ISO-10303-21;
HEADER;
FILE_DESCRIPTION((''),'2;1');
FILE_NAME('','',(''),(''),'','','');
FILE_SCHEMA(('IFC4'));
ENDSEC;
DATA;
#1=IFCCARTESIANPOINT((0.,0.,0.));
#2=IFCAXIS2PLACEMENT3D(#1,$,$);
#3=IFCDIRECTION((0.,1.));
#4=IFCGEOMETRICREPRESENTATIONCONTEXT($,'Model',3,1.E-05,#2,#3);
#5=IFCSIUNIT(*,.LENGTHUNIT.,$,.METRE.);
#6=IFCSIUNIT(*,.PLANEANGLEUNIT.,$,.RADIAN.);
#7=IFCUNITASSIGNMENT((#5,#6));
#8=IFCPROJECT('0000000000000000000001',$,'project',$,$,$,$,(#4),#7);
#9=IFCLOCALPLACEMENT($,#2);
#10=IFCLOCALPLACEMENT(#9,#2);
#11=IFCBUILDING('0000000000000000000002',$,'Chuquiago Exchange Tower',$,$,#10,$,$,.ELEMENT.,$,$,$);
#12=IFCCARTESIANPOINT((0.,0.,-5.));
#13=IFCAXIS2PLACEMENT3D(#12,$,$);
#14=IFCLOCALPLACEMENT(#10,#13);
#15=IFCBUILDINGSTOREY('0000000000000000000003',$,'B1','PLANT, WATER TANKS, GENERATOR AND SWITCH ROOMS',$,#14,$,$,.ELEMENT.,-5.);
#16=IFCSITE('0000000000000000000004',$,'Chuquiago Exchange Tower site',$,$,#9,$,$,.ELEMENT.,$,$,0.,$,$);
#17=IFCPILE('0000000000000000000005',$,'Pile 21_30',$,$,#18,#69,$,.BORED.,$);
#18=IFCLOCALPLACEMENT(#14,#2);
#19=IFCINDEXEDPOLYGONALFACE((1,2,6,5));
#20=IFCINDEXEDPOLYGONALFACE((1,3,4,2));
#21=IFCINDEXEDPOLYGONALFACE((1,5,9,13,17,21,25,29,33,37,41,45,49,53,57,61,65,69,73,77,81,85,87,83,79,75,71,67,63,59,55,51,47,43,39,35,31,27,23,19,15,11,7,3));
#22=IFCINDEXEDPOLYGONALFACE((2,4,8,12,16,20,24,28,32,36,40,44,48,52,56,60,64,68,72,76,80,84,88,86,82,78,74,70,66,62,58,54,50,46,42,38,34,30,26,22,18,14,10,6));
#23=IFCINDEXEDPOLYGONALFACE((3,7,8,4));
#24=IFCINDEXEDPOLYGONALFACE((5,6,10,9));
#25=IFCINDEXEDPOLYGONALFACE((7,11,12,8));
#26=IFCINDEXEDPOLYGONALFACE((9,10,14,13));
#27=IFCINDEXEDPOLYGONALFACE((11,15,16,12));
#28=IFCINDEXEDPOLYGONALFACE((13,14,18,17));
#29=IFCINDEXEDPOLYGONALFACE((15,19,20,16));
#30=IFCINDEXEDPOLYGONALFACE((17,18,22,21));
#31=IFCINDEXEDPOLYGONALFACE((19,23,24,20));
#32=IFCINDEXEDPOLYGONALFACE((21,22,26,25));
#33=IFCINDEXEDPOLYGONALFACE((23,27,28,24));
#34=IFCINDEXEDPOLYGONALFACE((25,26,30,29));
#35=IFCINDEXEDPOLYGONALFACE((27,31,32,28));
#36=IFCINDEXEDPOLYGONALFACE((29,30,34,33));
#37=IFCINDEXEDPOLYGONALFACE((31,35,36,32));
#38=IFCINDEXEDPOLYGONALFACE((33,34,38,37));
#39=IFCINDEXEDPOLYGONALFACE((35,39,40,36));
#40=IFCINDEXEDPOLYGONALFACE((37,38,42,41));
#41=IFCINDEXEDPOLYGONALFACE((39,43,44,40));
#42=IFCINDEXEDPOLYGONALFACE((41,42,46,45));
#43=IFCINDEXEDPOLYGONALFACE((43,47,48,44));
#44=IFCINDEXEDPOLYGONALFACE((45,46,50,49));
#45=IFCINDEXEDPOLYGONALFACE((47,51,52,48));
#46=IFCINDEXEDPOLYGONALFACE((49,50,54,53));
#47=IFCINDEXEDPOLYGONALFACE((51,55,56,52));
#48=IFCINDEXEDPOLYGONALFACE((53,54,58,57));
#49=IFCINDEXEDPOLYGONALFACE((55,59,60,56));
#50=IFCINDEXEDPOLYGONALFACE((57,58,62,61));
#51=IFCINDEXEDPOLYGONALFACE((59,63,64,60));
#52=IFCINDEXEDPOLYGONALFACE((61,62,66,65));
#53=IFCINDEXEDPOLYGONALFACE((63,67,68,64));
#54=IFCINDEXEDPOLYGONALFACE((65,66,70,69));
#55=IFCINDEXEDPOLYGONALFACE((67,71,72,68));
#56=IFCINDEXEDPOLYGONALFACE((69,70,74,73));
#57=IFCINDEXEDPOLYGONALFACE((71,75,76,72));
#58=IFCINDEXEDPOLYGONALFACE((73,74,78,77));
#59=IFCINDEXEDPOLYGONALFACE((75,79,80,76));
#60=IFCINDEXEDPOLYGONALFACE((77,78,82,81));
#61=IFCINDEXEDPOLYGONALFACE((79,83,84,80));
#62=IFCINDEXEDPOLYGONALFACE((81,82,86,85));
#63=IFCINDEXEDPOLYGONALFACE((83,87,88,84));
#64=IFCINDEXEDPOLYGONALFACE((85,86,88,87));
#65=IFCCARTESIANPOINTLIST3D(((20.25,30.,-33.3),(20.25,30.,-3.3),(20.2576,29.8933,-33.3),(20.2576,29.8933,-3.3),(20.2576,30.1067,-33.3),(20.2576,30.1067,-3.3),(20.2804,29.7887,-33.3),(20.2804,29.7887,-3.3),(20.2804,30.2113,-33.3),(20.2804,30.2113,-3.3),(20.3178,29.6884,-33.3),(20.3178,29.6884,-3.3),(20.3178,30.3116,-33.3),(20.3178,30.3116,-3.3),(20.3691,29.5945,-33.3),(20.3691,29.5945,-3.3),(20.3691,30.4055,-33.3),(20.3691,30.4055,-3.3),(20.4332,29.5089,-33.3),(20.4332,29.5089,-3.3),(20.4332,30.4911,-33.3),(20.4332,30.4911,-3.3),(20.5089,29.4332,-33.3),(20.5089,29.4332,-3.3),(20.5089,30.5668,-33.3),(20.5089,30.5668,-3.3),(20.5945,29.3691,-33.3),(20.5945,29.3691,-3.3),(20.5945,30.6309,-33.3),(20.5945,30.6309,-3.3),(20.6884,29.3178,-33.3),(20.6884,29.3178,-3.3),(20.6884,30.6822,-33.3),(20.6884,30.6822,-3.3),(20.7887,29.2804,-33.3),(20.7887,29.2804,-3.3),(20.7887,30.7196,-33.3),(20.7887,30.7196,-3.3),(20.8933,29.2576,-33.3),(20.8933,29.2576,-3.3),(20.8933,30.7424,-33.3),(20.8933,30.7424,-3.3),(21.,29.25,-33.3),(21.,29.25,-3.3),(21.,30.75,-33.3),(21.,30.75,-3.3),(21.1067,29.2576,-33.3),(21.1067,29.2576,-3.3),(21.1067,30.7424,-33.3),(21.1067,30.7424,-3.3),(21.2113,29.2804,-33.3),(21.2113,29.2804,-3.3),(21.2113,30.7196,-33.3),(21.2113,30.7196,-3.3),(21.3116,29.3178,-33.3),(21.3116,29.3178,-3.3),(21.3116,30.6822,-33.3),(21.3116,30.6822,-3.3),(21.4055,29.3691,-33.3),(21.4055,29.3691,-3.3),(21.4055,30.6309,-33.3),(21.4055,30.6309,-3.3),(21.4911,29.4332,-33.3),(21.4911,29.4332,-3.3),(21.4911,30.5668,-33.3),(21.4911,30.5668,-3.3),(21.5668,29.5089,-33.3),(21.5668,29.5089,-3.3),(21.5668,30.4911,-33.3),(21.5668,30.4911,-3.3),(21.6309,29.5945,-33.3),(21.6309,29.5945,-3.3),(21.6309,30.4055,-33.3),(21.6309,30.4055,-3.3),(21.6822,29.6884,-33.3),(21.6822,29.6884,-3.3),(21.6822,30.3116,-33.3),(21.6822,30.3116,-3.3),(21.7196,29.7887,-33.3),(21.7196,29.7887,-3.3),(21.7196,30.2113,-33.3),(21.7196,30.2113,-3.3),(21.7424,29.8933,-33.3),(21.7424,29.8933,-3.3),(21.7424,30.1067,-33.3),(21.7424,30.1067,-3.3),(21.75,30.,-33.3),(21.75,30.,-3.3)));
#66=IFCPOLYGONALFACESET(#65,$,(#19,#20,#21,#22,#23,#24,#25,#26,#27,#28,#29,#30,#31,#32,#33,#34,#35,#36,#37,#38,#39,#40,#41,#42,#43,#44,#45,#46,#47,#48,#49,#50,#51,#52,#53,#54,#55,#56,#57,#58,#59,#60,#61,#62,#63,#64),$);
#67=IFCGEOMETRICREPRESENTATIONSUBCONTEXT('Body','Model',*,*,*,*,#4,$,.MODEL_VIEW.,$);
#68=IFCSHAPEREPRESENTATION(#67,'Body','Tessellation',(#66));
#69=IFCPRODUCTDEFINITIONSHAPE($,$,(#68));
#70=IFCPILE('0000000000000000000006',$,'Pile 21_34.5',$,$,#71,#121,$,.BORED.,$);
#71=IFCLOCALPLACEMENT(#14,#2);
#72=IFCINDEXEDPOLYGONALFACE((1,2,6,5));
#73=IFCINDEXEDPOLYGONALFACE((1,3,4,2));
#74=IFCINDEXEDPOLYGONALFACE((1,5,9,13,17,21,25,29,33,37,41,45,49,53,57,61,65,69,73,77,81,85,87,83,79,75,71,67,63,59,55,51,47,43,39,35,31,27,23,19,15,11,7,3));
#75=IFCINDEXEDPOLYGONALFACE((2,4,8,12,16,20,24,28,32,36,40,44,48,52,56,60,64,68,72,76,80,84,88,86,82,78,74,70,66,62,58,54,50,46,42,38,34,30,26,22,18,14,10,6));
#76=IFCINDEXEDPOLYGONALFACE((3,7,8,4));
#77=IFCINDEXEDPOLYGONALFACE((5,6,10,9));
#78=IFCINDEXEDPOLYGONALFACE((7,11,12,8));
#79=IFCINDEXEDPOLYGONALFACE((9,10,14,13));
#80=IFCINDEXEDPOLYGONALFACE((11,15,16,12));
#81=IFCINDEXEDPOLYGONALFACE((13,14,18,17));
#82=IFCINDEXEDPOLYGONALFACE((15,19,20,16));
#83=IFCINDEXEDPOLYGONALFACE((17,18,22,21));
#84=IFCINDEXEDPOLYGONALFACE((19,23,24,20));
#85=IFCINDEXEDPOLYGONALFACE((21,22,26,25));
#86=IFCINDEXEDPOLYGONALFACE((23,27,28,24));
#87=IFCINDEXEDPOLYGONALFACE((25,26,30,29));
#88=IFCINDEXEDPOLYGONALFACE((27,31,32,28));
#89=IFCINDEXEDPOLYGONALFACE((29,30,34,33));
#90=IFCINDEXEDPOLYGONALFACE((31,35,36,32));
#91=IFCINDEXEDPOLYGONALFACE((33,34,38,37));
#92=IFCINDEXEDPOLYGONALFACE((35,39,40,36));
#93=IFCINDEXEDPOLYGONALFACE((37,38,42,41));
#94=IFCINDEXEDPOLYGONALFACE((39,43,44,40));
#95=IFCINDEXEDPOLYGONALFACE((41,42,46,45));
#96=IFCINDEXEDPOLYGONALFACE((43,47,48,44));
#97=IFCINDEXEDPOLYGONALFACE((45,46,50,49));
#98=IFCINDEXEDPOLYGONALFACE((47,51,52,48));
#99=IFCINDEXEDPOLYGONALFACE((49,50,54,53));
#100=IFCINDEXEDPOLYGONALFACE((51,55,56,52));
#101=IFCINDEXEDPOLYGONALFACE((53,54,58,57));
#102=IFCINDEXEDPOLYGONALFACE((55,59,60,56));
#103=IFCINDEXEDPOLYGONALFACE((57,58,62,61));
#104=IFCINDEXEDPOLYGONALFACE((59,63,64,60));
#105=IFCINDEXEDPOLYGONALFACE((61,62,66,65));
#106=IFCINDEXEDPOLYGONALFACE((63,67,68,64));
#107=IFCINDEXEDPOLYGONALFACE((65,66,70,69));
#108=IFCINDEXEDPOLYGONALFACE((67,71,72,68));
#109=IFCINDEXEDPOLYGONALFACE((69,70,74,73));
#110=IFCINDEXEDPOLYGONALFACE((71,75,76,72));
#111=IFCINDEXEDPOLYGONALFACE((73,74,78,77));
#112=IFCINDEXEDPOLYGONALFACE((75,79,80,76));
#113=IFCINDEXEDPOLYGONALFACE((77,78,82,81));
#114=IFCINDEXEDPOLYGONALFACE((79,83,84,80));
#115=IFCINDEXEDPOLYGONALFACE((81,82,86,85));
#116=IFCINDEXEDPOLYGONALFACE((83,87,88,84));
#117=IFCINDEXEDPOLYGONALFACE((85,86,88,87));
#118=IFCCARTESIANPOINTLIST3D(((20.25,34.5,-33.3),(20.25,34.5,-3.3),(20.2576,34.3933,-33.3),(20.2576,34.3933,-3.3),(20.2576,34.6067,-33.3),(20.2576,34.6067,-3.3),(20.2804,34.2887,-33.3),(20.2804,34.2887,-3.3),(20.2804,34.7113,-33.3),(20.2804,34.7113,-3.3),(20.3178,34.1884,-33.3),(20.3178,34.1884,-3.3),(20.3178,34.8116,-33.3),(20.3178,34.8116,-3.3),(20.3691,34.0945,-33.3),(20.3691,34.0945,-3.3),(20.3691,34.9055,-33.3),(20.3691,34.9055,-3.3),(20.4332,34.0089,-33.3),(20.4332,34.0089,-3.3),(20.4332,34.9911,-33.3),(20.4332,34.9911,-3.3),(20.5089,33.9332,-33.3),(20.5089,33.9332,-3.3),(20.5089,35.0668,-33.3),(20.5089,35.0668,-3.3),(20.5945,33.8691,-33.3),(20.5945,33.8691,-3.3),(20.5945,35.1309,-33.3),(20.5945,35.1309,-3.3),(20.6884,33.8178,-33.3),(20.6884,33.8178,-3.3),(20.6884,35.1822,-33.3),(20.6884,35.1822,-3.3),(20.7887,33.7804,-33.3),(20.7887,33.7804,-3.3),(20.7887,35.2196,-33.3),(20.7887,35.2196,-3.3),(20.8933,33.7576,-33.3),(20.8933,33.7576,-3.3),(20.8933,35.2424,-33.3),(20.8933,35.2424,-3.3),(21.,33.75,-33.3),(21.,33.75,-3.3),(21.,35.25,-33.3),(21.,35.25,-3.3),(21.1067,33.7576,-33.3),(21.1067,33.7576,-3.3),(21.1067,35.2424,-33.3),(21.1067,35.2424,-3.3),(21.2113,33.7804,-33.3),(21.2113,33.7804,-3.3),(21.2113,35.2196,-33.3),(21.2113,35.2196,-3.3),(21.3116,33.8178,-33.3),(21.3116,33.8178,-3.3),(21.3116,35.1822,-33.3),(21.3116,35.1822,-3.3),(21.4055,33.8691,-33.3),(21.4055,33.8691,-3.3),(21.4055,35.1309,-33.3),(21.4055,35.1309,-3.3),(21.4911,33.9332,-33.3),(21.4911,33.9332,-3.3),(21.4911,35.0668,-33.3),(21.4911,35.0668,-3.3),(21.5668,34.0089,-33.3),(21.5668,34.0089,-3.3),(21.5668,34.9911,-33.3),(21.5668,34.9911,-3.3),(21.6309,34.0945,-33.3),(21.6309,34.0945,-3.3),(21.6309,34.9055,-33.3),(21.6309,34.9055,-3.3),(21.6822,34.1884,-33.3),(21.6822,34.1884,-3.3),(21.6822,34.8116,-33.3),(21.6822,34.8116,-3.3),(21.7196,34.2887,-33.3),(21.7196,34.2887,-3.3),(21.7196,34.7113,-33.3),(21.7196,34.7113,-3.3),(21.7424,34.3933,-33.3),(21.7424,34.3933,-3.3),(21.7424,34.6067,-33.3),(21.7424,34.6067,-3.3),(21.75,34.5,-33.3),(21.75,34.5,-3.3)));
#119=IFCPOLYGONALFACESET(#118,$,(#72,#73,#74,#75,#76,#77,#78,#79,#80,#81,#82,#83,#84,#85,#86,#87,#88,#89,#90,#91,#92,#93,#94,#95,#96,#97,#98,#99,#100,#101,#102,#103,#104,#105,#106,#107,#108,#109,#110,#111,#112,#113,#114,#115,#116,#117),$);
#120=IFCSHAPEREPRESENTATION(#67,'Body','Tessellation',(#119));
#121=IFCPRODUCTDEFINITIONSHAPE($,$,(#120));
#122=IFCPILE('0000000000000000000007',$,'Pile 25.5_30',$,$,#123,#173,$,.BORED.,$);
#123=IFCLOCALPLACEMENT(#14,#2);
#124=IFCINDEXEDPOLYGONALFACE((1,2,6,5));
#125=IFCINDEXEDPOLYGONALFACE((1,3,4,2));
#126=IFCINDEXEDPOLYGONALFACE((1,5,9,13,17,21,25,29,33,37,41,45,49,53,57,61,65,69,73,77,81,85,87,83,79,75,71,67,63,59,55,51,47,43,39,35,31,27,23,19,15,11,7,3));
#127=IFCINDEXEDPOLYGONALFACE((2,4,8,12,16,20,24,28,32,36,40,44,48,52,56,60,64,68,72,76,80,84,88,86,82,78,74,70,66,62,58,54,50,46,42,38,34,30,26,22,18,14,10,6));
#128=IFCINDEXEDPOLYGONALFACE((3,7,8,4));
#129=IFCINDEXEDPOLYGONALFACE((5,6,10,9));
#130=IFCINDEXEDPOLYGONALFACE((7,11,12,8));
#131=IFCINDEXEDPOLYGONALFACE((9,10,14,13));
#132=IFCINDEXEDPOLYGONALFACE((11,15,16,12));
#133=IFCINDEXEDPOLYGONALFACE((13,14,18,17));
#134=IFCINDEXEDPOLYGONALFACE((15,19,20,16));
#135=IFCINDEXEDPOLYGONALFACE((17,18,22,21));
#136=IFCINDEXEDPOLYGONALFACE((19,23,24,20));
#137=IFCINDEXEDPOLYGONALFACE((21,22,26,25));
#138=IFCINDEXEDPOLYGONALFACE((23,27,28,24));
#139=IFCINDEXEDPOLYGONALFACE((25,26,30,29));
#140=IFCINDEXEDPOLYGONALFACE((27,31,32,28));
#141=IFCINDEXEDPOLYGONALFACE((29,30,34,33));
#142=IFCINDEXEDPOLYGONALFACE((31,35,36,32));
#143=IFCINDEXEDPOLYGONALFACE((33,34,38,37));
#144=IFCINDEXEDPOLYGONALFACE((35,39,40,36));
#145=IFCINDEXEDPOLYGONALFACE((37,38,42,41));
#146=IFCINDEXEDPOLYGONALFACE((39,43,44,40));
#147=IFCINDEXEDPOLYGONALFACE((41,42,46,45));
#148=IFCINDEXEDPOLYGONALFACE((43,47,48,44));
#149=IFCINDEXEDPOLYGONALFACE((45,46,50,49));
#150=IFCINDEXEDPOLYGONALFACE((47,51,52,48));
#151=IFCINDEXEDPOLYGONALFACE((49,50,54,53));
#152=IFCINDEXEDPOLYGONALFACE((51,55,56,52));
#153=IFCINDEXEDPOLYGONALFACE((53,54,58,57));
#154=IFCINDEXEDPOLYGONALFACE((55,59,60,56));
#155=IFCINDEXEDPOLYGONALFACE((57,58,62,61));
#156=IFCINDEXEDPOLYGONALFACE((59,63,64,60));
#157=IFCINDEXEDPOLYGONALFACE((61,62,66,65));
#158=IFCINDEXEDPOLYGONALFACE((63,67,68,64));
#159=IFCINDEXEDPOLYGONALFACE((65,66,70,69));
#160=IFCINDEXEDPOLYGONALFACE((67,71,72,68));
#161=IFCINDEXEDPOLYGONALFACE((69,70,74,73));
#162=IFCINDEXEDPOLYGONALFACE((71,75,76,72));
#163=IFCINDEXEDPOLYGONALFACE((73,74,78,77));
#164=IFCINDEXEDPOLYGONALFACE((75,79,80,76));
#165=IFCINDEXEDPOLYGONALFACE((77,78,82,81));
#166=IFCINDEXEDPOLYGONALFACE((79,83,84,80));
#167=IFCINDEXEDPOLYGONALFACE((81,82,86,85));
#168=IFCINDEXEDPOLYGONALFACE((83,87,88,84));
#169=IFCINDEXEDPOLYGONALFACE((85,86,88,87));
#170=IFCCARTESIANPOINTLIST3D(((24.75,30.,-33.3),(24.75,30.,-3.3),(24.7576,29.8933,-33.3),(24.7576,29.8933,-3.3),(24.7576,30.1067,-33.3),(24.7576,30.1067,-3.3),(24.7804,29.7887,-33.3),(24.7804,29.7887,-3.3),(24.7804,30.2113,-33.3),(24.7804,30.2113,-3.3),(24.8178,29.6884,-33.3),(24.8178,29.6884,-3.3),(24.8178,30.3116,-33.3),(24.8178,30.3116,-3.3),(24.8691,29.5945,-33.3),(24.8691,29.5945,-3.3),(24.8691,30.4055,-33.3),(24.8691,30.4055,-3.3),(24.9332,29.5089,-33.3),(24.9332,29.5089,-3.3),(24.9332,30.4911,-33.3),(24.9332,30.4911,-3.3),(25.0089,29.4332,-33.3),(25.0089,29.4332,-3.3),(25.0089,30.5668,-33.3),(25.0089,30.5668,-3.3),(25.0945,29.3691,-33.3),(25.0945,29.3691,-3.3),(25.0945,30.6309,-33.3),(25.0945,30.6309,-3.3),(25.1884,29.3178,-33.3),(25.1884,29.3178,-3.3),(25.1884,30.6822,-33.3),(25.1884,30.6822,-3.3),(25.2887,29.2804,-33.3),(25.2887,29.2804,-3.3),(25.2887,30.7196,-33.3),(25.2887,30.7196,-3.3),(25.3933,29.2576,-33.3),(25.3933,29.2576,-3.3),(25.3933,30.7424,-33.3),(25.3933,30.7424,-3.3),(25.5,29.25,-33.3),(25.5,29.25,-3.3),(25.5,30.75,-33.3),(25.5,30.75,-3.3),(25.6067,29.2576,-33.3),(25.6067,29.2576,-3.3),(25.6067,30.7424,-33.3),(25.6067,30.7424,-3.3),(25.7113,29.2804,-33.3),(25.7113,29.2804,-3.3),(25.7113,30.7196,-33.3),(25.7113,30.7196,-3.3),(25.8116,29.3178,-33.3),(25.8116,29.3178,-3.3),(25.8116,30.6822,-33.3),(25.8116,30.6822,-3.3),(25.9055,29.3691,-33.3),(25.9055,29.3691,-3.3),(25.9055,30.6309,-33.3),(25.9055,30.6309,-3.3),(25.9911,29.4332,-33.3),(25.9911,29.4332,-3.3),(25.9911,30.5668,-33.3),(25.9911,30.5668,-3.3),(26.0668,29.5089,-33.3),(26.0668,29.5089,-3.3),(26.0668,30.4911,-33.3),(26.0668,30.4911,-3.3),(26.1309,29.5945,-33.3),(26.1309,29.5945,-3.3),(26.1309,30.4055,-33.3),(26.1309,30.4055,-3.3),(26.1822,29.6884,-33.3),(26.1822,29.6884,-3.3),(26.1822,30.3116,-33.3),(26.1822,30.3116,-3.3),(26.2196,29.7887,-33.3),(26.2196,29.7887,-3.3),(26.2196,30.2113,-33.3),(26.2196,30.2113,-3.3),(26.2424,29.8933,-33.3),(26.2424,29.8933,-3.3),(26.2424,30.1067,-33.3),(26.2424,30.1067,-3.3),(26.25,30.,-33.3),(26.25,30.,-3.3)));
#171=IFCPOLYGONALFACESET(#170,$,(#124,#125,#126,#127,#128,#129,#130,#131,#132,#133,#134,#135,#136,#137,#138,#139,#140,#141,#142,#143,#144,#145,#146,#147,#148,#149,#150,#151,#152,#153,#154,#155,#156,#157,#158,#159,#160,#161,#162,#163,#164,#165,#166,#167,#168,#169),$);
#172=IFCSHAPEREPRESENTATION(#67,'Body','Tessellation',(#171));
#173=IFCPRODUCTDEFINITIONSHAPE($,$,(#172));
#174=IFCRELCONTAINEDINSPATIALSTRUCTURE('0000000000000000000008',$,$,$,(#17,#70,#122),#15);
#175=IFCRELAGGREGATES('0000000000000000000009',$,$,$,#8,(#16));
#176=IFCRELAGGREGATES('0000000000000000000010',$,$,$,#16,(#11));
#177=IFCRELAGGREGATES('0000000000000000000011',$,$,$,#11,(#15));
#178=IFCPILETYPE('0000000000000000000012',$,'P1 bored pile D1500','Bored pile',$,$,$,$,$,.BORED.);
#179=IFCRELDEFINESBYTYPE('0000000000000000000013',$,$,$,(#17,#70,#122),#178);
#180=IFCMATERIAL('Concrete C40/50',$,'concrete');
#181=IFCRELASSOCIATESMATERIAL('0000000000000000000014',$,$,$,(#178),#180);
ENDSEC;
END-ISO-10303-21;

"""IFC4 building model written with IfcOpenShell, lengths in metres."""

from ifc_helpers import new_model, si_unit, direction, frame, origin, origin_2d, place, context, subcontext, project, spatial, circle, extrude, material, material_profile, profile_set, type_object, element, save


model = new_model("IFC4")

# Units and contexts
model_context = context("Model", 3, precision=1e-05, world=origin(), true_north=direction((0.0, 1.0)))
body_context = subcontext(model_context, "Body", "Model", "MODEL_VIEW")
ifc_project = project(units=[si_unit("LENGTHUNIT", "METRE"), si_unit("PLANEANGLEUNIT", "RADIAN")], contexts=[model_context])

# Site, building, storey
site_placement = place(None, origin())
site = spatial("IfcSite", under=ifc_project, at=site_placement, Name="Chuquiago Exchange Tower site", CompositionType="ELEMENT", RefElevation=0.0)
building_placement = place(site_placement, origin())
building = spatial("IfcBuilding", under=site, at=building_placement, Name="Chuquiago Exchange Tower", CompositionType="ELEMENT")
storey_placement = place(building_placement, frame((0.0, 0.0, -5.0)))
storey = spatial("IfcBuildingStorey", under=building, at=storey_placement, Name="B1", Description="PLANT, WATER TANKS, GENERATOR AND SWITCH ROOMS", CompositionType="ELEMENT", Elevation=-5.0)

# Piles
ifc_material_1 = material(Name="Concrete C40/50", Category="concrete")
ifc_material_profile_1 = material_profile(ifc_material_1, circle(Radius=0.75, at=origin_2d()), Name="D1500")
ifc_profile_set_1 = profile_set([ifc_material_profile_1], Name="Concrete C40/50")
pile_type = type_object("IfcPileType", Name="P1 bored pile D1500", Description="Bored pile", PredefinedType="BORED", material=ifc_profile_set_1)
for number, where, z_axis, x_axis, name in (
    (1, (21.0, 30.0, -3.3), (0.0, 0.0, -1.0), (1.0, 0.0, 0.0), "Pile 21_30"),
    (2, (21.0, 34.5, -3.3), (0.0, 0.0, -1.0), (1.0, 0.0, 0.0), "Pile 21_34.5"),
    (3, (25.5, 30.0, -3.3), (0.0, 0.0, -1.0), (1.0, 0.0, 0.0), "Pile 25.5_30"),
):
    element("IfcPile", number, at=place(storey_placement, frame(where, z_axis=z_axis, x_axis=x_axis)), inside=storey, type_object=pile_type, Name=name, PredefinedType="BORED", context=body_context, shape_type="SweptSolid", body=[
        extrude(circle(Radius=0.75, at=origin_2d()), origin(), (0.0, 0.0, 1.0), 30.0),
    ])

save(model, "model.ifc")
